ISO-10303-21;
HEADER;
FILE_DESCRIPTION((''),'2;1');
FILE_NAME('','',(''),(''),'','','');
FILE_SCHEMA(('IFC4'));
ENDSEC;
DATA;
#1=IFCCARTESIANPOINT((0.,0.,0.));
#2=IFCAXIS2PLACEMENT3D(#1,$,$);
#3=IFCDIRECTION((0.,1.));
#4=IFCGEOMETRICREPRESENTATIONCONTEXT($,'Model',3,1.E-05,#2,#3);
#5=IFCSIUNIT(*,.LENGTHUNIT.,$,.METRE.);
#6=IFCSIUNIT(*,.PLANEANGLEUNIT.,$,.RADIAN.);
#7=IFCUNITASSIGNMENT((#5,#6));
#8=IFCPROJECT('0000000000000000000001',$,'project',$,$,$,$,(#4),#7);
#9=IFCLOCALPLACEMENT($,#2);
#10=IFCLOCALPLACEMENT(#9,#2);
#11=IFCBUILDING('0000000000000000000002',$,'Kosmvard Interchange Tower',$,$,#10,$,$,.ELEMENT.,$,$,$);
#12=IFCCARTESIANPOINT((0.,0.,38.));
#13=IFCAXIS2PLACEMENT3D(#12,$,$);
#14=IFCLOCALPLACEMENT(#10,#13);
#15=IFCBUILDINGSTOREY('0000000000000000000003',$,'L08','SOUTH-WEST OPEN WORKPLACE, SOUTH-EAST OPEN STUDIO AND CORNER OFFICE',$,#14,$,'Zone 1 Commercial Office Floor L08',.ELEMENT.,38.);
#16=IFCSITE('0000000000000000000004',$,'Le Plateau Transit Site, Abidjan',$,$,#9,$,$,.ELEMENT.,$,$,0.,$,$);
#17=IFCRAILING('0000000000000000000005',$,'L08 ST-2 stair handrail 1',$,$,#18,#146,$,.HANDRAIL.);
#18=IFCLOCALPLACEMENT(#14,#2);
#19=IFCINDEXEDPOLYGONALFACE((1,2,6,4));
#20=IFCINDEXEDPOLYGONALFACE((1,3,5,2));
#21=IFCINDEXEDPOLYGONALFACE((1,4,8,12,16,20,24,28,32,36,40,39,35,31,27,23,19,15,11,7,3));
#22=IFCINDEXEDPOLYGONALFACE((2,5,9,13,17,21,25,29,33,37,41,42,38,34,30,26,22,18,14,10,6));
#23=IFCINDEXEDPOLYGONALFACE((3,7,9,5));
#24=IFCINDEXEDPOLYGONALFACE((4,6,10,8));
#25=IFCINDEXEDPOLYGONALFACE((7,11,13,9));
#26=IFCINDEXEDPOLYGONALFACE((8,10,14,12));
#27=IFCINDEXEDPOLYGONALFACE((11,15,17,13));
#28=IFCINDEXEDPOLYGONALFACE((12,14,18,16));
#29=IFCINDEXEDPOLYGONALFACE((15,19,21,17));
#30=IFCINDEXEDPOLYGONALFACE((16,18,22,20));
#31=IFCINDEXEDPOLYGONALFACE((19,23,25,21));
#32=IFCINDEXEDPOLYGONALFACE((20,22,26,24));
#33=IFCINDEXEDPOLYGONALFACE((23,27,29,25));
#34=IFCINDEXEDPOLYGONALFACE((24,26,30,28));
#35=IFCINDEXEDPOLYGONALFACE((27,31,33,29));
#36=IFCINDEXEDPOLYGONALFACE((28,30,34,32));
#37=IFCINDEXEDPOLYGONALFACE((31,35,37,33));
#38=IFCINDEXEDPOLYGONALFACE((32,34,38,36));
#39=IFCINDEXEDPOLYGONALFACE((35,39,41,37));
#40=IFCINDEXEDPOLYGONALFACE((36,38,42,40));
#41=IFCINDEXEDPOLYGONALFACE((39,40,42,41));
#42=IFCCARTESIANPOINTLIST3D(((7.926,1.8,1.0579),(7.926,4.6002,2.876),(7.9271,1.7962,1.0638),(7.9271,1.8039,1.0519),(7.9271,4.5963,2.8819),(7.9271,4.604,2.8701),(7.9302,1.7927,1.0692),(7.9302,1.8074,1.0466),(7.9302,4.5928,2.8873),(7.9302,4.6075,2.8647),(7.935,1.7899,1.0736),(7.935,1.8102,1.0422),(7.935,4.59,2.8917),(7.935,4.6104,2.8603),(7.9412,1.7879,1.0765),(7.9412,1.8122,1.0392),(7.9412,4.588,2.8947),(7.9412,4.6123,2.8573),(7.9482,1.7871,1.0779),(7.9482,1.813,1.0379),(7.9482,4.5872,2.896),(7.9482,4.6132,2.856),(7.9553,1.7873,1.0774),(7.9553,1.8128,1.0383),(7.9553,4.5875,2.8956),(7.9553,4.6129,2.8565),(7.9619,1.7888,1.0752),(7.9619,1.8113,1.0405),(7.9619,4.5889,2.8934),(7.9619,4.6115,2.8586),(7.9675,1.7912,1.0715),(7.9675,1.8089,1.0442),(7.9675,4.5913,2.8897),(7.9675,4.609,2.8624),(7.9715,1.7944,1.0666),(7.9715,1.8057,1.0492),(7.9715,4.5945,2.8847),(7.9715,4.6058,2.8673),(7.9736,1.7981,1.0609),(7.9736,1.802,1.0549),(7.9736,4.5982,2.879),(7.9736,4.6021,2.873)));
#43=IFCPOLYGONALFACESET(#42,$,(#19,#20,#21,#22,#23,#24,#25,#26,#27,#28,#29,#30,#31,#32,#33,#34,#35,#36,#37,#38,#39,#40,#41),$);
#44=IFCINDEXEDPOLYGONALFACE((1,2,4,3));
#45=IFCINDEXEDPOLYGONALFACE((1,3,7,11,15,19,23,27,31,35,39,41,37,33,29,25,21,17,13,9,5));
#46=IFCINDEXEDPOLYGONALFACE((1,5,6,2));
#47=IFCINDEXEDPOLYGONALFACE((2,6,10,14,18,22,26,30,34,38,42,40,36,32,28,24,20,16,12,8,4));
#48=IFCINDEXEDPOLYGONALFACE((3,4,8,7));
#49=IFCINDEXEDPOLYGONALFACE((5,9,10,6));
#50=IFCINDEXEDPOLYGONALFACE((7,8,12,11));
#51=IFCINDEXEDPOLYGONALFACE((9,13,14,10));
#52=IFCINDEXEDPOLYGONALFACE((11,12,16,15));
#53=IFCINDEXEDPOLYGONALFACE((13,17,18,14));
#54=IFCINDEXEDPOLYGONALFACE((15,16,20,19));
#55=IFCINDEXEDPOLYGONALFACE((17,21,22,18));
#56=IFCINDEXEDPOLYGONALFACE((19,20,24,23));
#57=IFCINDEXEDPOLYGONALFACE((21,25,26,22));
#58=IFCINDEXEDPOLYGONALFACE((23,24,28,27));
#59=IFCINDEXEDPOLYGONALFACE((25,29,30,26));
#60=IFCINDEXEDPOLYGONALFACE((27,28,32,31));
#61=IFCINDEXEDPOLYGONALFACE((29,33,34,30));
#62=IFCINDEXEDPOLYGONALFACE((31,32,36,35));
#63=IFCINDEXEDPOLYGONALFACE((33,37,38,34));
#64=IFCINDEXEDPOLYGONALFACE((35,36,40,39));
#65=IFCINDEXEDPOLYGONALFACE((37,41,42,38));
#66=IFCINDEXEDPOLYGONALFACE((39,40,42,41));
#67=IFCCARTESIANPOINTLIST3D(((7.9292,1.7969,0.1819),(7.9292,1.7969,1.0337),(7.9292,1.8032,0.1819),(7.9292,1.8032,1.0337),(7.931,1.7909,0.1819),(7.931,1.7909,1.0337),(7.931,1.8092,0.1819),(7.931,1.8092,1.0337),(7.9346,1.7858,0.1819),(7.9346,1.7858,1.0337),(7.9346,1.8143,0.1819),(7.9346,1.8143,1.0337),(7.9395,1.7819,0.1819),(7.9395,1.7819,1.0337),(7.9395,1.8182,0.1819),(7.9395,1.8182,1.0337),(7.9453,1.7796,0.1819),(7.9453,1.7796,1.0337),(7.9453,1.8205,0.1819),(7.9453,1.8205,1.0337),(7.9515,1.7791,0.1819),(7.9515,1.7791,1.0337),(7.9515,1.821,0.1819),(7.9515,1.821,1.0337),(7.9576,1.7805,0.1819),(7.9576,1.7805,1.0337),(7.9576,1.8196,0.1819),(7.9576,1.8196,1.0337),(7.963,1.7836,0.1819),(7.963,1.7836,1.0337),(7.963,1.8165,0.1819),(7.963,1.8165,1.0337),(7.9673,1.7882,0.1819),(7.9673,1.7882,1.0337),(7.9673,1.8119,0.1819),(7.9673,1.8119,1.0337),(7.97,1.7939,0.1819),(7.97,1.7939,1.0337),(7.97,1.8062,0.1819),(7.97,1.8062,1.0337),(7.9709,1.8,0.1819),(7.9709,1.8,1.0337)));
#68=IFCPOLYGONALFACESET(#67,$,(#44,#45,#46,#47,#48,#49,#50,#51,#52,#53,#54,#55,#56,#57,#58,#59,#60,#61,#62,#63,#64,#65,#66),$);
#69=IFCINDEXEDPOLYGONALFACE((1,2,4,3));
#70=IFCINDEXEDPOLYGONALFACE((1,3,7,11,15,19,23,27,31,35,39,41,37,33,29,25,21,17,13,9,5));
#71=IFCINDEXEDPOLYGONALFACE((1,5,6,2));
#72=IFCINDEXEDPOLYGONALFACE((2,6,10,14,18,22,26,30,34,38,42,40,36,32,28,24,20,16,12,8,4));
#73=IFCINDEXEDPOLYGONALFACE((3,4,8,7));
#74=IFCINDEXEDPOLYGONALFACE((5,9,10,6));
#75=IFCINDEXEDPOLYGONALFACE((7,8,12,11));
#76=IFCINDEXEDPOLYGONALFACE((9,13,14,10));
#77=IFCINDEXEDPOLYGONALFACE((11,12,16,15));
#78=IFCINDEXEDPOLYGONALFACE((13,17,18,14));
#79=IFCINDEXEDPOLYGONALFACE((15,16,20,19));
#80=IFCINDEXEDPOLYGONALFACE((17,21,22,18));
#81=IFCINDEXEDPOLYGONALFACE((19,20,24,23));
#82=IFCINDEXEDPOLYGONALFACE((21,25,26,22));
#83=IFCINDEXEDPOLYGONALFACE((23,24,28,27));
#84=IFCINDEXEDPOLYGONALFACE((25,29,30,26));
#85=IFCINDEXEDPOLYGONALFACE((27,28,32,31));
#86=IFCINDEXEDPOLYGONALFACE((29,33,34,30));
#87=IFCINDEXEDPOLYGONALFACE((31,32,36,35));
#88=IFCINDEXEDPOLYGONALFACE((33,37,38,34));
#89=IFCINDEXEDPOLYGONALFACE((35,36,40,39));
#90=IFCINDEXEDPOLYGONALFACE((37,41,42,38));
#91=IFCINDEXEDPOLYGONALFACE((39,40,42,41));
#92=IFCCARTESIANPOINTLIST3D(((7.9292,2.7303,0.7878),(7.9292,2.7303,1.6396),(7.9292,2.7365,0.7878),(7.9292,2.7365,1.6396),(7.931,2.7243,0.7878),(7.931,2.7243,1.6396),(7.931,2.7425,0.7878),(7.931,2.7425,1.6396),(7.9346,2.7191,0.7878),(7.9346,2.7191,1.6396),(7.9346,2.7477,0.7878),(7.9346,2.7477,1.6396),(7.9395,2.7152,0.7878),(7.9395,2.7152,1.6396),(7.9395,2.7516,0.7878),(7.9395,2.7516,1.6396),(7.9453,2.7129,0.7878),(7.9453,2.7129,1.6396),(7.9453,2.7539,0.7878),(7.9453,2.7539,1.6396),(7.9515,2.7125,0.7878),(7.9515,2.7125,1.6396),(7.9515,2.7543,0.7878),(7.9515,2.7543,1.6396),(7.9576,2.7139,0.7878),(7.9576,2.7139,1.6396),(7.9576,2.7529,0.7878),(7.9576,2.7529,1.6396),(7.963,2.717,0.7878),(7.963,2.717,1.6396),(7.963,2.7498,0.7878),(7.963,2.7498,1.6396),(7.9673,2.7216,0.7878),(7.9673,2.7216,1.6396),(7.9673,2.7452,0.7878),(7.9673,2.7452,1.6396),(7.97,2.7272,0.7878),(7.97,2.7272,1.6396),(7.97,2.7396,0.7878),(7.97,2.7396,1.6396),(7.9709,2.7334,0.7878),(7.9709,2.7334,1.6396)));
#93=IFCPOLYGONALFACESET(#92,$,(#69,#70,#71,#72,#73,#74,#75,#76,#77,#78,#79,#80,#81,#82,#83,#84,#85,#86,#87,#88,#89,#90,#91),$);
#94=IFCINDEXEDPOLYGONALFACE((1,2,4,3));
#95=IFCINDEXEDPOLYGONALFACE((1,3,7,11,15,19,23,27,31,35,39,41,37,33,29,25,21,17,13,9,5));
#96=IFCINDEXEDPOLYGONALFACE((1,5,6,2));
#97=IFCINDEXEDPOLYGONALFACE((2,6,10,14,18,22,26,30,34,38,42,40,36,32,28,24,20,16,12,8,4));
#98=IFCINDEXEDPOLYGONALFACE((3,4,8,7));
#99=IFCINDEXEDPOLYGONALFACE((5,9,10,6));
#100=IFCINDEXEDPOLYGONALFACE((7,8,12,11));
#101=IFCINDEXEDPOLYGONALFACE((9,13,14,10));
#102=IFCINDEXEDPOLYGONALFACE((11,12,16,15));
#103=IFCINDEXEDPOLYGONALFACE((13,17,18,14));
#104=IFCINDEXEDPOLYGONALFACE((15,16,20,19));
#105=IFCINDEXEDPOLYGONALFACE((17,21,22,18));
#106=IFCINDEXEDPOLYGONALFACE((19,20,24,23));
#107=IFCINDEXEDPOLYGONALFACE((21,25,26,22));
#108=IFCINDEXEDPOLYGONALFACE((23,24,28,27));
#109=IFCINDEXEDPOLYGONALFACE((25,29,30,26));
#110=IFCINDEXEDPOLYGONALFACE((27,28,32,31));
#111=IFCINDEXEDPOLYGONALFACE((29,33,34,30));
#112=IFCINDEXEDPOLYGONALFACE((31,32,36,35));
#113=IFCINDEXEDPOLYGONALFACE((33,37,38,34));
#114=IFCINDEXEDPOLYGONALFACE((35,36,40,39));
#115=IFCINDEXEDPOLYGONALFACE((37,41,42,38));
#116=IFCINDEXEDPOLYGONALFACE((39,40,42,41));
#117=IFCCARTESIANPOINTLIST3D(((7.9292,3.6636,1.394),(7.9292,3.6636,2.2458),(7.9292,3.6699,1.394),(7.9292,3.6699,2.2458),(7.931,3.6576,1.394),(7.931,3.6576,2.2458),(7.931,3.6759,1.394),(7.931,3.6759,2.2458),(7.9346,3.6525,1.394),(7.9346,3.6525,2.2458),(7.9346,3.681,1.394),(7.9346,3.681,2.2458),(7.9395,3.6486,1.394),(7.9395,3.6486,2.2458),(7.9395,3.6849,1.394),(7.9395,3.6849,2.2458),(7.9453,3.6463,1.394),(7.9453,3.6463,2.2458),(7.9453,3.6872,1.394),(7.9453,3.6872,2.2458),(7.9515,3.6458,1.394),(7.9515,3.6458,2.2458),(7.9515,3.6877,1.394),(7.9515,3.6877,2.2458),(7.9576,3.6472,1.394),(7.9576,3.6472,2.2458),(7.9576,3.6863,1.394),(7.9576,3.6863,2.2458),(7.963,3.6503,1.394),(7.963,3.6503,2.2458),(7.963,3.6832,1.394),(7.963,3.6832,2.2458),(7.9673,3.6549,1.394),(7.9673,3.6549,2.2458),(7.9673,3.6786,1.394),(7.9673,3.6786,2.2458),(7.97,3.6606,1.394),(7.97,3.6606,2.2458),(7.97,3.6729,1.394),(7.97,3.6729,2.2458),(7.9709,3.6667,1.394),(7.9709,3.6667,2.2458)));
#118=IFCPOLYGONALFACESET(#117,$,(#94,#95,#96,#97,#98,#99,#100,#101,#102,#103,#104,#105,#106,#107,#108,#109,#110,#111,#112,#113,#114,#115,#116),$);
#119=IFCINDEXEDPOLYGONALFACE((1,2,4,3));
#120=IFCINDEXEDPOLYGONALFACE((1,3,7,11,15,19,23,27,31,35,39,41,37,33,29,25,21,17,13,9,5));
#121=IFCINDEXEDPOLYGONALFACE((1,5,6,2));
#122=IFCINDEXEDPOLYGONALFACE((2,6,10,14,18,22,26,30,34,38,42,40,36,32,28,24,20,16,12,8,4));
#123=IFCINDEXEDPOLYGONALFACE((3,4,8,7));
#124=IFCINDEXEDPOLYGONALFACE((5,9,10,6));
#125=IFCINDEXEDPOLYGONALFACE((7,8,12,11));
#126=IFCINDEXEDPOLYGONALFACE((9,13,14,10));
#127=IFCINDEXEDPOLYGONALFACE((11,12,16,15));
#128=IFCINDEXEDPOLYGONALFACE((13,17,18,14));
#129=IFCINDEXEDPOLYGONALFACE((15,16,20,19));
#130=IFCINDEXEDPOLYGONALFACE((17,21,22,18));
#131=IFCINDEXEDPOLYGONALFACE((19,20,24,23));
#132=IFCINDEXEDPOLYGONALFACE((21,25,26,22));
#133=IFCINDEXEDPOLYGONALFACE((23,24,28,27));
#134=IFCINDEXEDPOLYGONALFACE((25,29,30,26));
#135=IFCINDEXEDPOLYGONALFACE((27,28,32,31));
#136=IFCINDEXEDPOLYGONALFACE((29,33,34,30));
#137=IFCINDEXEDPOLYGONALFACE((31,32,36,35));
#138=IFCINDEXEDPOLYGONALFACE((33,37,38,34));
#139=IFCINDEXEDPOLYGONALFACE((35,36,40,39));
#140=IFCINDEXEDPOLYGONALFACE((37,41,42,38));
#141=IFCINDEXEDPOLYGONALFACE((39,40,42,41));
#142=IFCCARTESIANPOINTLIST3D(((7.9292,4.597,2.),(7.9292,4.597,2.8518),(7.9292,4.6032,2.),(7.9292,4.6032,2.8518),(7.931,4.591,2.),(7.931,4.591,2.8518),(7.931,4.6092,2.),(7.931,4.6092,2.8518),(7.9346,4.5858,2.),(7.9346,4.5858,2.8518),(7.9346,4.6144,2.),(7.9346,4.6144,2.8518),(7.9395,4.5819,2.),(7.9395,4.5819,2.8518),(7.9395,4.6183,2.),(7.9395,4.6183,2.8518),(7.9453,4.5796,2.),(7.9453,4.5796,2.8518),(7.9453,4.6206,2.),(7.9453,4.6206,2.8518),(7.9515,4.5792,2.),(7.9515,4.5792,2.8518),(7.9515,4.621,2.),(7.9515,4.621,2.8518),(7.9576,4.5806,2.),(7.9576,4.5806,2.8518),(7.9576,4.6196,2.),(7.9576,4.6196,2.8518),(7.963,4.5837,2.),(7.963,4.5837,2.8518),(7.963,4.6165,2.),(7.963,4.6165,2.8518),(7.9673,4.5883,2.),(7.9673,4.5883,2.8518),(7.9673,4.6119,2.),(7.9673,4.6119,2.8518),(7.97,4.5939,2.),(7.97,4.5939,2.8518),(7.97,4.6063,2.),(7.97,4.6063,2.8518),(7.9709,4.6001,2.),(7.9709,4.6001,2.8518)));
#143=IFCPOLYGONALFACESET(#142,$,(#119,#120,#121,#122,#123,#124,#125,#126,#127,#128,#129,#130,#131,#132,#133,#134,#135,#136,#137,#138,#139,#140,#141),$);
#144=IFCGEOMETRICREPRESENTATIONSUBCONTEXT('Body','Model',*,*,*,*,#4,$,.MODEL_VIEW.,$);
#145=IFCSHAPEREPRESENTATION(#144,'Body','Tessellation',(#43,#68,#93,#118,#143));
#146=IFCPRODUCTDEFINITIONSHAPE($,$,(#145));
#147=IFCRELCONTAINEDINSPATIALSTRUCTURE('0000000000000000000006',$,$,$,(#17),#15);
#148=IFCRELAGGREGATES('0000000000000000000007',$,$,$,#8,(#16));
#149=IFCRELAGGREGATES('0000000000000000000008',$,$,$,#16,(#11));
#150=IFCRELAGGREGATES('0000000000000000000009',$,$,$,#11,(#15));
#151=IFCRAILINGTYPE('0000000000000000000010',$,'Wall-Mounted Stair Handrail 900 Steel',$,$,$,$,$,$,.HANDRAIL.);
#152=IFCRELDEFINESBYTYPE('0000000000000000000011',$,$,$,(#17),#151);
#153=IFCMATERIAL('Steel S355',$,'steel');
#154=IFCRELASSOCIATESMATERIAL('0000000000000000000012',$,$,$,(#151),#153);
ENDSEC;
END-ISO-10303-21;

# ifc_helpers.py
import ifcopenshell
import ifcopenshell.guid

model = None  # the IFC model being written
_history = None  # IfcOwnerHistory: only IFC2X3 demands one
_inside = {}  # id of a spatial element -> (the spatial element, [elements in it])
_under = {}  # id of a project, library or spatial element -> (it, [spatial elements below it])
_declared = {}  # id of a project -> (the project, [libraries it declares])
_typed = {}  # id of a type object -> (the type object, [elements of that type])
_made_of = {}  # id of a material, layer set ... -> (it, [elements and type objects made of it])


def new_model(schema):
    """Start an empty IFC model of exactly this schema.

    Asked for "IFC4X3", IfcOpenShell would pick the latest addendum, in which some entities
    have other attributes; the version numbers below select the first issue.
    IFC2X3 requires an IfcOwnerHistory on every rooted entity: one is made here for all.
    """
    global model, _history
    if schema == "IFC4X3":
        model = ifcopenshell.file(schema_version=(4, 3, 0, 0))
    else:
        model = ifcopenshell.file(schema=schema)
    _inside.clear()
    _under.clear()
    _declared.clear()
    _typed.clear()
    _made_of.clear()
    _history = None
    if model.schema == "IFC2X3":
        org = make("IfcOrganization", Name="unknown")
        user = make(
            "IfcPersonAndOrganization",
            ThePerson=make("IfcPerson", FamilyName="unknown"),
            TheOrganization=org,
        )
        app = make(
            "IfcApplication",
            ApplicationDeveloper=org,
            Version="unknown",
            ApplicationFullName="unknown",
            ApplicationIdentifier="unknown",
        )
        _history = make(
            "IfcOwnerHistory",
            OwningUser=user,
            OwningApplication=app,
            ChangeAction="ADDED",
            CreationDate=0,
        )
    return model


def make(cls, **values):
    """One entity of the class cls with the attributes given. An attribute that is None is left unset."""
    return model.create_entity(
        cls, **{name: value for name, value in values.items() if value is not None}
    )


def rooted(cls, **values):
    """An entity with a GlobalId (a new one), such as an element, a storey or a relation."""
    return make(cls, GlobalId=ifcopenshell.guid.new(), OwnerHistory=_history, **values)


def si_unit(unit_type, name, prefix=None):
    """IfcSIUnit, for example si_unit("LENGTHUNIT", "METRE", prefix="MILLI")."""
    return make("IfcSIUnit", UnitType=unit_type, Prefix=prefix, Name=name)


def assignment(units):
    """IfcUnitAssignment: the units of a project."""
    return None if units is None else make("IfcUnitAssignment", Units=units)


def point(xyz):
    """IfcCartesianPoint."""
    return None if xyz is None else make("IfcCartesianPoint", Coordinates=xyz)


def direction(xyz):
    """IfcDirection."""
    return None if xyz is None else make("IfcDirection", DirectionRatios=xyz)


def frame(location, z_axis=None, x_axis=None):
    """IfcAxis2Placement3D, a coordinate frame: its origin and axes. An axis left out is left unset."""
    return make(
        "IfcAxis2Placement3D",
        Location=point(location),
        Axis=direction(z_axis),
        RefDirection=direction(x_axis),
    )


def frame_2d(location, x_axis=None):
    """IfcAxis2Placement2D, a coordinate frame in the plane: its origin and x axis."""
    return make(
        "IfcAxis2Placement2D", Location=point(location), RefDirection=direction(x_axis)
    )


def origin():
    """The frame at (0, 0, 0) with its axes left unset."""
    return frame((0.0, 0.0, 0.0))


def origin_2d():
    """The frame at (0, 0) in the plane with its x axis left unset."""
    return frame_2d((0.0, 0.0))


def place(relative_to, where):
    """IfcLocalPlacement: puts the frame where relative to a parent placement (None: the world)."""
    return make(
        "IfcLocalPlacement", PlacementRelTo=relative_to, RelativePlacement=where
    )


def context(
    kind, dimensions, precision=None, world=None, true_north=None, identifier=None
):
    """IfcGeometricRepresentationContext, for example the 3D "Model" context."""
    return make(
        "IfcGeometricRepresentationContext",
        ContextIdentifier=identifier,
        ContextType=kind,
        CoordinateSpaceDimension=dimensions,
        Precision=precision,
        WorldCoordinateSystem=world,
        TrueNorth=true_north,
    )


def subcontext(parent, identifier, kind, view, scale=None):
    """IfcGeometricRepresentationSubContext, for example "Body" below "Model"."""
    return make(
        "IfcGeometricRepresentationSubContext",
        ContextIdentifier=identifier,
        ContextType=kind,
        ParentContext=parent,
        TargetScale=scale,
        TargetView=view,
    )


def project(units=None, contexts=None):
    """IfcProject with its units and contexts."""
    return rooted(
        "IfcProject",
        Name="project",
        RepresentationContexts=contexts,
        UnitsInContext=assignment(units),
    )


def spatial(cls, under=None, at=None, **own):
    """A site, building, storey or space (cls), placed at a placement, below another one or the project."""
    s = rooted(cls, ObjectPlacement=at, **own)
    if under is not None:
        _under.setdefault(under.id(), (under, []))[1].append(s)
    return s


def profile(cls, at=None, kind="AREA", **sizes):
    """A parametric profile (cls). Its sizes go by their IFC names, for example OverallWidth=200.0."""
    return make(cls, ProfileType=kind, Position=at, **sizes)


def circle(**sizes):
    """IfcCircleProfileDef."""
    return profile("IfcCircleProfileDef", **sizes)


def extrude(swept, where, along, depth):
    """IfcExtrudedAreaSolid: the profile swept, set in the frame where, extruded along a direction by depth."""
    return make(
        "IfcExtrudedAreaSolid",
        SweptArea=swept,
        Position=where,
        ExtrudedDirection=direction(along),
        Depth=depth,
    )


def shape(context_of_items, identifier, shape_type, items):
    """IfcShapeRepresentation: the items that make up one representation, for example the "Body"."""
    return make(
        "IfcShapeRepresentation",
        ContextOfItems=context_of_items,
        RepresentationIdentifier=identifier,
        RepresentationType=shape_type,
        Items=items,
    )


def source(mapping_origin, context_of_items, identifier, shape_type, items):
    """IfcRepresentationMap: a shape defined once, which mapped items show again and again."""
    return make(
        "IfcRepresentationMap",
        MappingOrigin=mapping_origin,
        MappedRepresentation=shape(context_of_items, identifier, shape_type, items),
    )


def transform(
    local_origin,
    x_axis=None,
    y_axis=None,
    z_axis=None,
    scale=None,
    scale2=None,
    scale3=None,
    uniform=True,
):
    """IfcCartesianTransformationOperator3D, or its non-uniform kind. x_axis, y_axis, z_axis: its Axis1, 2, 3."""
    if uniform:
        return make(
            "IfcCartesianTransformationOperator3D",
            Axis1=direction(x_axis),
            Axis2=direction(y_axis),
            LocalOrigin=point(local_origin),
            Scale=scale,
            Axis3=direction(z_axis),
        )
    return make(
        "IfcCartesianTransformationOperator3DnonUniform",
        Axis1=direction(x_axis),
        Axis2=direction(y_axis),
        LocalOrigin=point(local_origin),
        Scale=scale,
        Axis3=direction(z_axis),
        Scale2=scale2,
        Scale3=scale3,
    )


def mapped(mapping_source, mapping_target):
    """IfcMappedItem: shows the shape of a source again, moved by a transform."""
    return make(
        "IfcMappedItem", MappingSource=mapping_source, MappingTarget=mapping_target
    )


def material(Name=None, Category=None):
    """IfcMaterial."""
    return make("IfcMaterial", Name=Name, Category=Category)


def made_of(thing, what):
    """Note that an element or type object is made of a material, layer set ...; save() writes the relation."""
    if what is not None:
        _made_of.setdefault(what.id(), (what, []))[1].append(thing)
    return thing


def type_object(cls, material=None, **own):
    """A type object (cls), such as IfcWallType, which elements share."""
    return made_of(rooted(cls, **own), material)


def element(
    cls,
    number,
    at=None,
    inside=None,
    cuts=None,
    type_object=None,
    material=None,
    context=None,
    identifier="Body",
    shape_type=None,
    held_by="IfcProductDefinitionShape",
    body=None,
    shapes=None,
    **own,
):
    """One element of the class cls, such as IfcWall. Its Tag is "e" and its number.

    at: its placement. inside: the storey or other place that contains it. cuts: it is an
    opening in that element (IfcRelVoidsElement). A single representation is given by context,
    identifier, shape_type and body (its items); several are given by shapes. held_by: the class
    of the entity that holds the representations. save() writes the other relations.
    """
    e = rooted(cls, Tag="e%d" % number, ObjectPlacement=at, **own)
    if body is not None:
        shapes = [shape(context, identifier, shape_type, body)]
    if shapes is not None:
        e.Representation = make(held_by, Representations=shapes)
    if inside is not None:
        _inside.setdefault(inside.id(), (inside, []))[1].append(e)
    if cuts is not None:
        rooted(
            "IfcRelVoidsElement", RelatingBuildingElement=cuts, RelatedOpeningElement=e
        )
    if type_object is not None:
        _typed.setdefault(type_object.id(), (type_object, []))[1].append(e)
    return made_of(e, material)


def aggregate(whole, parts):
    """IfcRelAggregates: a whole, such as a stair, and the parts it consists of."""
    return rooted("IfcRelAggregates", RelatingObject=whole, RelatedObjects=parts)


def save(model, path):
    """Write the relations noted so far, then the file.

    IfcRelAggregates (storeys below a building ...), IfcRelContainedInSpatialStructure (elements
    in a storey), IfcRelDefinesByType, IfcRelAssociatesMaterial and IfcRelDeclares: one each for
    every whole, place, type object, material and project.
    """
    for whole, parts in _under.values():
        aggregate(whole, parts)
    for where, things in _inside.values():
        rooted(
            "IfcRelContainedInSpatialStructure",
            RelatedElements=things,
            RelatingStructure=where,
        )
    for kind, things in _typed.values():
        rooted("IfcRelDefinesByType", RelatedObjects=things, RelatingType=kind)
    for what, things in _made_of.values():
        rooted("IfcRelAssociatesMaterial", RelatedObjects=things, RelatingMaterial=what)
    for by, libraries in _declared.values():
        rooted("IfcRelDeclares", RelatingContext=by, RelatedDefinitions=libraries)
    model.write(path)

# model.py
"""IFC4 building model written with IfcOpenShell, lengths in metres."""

from ifc_helpers import new_model, si_unit, direction, frame, origin, origin_2d, place, context, subcontext, project, spatial, circle, extrude, source, transform, mapped, material, type_object, element, save


model = new_model("IFC4")

# Units and contexts
model_context = context("Model", 3, precision=1e-05, world=origin(), true_north=direction((0.0, 1.0)))
body_context = subcontext(model_context, "Body", "Model", "MODEL_VIEW")
ifc_project = project(units=[si_unit("LENGTHUNIT", "METRE"), si_unit("PLANEANGLEUNIT", "RADIAN")], contexts=[model_context])

# Site, building, storey
site_placement = place(None, origin())
site = spatial("IfcSite", under=ifc_project, at=site_placement, Name="Le Plateau Transit Site, Abidjan", CompositionType="ELEMENT", RefElevation=0.0)
building_placement = place(site_placement, origin())
building = spatial("IfcBuilding", under=site, at=building_placement, Name="Kosmvard Interchange Tower", CompositionType="ELEMENT")
storey_placement = place(building_placement, frame((0.0, 0.0, 38.0)))
storey = spatial("IfcBuildingStorey", under=building, at=storey_placement, Name="L08", Description="SOUTH-WEST OPEN WORKPLACE, SOUTH-EAST OPEN STUDIO AND CORNER OFFICE", LongName="Zone 1 Commercial Office Floor L08", CompositionType="ELEMENT", Elevation=38.0)

# Shared definitions
ifc_material_1 = material(Name="Steel S355", Category="steel")

# Railing
railing_type_1 = type_object("IfcRailingType", Name="Wall-Mounted Stair Handrail 900 Steel", PredefinedType="HANDRAIL", material=ifc_material_1)
shared_shape_1 = source(origin(), body_context, "Body", "SweptSolid", [
    extrude(circle(Radius=0.0239, at=origin_2d()), frame((0.0, 0.0, 0.876), z_axis=(0.0, 0.838706, 0.544585), x_axis=(-1.0, 0.0, 0.0)), (0.0, 0.0, 1.0), 3.3386),
    extrude(circle(Radius=0.021, at=origin_2d()), origin(), (0.0, 0.0, 1.0), 0.8518),
    extrude(circle(Radius=0.021, at=origin_2d()), frame((0.0, 0.9333, 0.606)), (0.0, 0.0, 1.0), 0.8518),
    extrude(circle(Radius=0.021, at=origin_2d()), frame((0.0, 1.8667, 1.2122)), (0.0, 0.0, 1.0), 0.8518),
    extrude(circle(Radius=0.021, at=origin_2d()), frame((0.0, 2.8, 1.8181)), (0.0, 0.0, 1.0), 0.8518),
])
railing_1_placement = place(storey_placement, frame((7.95, 1.8, 0.1819)))
element("IfcRailing", 1, at=railing_1_placement, inside=storey, type_object=railing_type_1, Name="L08 ST-2 stair handrail 1", PredefinedType="HANDRAIL", context=body_context, shape_type="MappedRepresentation", body=[
    mapped(shared_shape_1, transform((0.0, 0.0, 0.0), scale=1.0)),
])

save(model, "model.ifc")
